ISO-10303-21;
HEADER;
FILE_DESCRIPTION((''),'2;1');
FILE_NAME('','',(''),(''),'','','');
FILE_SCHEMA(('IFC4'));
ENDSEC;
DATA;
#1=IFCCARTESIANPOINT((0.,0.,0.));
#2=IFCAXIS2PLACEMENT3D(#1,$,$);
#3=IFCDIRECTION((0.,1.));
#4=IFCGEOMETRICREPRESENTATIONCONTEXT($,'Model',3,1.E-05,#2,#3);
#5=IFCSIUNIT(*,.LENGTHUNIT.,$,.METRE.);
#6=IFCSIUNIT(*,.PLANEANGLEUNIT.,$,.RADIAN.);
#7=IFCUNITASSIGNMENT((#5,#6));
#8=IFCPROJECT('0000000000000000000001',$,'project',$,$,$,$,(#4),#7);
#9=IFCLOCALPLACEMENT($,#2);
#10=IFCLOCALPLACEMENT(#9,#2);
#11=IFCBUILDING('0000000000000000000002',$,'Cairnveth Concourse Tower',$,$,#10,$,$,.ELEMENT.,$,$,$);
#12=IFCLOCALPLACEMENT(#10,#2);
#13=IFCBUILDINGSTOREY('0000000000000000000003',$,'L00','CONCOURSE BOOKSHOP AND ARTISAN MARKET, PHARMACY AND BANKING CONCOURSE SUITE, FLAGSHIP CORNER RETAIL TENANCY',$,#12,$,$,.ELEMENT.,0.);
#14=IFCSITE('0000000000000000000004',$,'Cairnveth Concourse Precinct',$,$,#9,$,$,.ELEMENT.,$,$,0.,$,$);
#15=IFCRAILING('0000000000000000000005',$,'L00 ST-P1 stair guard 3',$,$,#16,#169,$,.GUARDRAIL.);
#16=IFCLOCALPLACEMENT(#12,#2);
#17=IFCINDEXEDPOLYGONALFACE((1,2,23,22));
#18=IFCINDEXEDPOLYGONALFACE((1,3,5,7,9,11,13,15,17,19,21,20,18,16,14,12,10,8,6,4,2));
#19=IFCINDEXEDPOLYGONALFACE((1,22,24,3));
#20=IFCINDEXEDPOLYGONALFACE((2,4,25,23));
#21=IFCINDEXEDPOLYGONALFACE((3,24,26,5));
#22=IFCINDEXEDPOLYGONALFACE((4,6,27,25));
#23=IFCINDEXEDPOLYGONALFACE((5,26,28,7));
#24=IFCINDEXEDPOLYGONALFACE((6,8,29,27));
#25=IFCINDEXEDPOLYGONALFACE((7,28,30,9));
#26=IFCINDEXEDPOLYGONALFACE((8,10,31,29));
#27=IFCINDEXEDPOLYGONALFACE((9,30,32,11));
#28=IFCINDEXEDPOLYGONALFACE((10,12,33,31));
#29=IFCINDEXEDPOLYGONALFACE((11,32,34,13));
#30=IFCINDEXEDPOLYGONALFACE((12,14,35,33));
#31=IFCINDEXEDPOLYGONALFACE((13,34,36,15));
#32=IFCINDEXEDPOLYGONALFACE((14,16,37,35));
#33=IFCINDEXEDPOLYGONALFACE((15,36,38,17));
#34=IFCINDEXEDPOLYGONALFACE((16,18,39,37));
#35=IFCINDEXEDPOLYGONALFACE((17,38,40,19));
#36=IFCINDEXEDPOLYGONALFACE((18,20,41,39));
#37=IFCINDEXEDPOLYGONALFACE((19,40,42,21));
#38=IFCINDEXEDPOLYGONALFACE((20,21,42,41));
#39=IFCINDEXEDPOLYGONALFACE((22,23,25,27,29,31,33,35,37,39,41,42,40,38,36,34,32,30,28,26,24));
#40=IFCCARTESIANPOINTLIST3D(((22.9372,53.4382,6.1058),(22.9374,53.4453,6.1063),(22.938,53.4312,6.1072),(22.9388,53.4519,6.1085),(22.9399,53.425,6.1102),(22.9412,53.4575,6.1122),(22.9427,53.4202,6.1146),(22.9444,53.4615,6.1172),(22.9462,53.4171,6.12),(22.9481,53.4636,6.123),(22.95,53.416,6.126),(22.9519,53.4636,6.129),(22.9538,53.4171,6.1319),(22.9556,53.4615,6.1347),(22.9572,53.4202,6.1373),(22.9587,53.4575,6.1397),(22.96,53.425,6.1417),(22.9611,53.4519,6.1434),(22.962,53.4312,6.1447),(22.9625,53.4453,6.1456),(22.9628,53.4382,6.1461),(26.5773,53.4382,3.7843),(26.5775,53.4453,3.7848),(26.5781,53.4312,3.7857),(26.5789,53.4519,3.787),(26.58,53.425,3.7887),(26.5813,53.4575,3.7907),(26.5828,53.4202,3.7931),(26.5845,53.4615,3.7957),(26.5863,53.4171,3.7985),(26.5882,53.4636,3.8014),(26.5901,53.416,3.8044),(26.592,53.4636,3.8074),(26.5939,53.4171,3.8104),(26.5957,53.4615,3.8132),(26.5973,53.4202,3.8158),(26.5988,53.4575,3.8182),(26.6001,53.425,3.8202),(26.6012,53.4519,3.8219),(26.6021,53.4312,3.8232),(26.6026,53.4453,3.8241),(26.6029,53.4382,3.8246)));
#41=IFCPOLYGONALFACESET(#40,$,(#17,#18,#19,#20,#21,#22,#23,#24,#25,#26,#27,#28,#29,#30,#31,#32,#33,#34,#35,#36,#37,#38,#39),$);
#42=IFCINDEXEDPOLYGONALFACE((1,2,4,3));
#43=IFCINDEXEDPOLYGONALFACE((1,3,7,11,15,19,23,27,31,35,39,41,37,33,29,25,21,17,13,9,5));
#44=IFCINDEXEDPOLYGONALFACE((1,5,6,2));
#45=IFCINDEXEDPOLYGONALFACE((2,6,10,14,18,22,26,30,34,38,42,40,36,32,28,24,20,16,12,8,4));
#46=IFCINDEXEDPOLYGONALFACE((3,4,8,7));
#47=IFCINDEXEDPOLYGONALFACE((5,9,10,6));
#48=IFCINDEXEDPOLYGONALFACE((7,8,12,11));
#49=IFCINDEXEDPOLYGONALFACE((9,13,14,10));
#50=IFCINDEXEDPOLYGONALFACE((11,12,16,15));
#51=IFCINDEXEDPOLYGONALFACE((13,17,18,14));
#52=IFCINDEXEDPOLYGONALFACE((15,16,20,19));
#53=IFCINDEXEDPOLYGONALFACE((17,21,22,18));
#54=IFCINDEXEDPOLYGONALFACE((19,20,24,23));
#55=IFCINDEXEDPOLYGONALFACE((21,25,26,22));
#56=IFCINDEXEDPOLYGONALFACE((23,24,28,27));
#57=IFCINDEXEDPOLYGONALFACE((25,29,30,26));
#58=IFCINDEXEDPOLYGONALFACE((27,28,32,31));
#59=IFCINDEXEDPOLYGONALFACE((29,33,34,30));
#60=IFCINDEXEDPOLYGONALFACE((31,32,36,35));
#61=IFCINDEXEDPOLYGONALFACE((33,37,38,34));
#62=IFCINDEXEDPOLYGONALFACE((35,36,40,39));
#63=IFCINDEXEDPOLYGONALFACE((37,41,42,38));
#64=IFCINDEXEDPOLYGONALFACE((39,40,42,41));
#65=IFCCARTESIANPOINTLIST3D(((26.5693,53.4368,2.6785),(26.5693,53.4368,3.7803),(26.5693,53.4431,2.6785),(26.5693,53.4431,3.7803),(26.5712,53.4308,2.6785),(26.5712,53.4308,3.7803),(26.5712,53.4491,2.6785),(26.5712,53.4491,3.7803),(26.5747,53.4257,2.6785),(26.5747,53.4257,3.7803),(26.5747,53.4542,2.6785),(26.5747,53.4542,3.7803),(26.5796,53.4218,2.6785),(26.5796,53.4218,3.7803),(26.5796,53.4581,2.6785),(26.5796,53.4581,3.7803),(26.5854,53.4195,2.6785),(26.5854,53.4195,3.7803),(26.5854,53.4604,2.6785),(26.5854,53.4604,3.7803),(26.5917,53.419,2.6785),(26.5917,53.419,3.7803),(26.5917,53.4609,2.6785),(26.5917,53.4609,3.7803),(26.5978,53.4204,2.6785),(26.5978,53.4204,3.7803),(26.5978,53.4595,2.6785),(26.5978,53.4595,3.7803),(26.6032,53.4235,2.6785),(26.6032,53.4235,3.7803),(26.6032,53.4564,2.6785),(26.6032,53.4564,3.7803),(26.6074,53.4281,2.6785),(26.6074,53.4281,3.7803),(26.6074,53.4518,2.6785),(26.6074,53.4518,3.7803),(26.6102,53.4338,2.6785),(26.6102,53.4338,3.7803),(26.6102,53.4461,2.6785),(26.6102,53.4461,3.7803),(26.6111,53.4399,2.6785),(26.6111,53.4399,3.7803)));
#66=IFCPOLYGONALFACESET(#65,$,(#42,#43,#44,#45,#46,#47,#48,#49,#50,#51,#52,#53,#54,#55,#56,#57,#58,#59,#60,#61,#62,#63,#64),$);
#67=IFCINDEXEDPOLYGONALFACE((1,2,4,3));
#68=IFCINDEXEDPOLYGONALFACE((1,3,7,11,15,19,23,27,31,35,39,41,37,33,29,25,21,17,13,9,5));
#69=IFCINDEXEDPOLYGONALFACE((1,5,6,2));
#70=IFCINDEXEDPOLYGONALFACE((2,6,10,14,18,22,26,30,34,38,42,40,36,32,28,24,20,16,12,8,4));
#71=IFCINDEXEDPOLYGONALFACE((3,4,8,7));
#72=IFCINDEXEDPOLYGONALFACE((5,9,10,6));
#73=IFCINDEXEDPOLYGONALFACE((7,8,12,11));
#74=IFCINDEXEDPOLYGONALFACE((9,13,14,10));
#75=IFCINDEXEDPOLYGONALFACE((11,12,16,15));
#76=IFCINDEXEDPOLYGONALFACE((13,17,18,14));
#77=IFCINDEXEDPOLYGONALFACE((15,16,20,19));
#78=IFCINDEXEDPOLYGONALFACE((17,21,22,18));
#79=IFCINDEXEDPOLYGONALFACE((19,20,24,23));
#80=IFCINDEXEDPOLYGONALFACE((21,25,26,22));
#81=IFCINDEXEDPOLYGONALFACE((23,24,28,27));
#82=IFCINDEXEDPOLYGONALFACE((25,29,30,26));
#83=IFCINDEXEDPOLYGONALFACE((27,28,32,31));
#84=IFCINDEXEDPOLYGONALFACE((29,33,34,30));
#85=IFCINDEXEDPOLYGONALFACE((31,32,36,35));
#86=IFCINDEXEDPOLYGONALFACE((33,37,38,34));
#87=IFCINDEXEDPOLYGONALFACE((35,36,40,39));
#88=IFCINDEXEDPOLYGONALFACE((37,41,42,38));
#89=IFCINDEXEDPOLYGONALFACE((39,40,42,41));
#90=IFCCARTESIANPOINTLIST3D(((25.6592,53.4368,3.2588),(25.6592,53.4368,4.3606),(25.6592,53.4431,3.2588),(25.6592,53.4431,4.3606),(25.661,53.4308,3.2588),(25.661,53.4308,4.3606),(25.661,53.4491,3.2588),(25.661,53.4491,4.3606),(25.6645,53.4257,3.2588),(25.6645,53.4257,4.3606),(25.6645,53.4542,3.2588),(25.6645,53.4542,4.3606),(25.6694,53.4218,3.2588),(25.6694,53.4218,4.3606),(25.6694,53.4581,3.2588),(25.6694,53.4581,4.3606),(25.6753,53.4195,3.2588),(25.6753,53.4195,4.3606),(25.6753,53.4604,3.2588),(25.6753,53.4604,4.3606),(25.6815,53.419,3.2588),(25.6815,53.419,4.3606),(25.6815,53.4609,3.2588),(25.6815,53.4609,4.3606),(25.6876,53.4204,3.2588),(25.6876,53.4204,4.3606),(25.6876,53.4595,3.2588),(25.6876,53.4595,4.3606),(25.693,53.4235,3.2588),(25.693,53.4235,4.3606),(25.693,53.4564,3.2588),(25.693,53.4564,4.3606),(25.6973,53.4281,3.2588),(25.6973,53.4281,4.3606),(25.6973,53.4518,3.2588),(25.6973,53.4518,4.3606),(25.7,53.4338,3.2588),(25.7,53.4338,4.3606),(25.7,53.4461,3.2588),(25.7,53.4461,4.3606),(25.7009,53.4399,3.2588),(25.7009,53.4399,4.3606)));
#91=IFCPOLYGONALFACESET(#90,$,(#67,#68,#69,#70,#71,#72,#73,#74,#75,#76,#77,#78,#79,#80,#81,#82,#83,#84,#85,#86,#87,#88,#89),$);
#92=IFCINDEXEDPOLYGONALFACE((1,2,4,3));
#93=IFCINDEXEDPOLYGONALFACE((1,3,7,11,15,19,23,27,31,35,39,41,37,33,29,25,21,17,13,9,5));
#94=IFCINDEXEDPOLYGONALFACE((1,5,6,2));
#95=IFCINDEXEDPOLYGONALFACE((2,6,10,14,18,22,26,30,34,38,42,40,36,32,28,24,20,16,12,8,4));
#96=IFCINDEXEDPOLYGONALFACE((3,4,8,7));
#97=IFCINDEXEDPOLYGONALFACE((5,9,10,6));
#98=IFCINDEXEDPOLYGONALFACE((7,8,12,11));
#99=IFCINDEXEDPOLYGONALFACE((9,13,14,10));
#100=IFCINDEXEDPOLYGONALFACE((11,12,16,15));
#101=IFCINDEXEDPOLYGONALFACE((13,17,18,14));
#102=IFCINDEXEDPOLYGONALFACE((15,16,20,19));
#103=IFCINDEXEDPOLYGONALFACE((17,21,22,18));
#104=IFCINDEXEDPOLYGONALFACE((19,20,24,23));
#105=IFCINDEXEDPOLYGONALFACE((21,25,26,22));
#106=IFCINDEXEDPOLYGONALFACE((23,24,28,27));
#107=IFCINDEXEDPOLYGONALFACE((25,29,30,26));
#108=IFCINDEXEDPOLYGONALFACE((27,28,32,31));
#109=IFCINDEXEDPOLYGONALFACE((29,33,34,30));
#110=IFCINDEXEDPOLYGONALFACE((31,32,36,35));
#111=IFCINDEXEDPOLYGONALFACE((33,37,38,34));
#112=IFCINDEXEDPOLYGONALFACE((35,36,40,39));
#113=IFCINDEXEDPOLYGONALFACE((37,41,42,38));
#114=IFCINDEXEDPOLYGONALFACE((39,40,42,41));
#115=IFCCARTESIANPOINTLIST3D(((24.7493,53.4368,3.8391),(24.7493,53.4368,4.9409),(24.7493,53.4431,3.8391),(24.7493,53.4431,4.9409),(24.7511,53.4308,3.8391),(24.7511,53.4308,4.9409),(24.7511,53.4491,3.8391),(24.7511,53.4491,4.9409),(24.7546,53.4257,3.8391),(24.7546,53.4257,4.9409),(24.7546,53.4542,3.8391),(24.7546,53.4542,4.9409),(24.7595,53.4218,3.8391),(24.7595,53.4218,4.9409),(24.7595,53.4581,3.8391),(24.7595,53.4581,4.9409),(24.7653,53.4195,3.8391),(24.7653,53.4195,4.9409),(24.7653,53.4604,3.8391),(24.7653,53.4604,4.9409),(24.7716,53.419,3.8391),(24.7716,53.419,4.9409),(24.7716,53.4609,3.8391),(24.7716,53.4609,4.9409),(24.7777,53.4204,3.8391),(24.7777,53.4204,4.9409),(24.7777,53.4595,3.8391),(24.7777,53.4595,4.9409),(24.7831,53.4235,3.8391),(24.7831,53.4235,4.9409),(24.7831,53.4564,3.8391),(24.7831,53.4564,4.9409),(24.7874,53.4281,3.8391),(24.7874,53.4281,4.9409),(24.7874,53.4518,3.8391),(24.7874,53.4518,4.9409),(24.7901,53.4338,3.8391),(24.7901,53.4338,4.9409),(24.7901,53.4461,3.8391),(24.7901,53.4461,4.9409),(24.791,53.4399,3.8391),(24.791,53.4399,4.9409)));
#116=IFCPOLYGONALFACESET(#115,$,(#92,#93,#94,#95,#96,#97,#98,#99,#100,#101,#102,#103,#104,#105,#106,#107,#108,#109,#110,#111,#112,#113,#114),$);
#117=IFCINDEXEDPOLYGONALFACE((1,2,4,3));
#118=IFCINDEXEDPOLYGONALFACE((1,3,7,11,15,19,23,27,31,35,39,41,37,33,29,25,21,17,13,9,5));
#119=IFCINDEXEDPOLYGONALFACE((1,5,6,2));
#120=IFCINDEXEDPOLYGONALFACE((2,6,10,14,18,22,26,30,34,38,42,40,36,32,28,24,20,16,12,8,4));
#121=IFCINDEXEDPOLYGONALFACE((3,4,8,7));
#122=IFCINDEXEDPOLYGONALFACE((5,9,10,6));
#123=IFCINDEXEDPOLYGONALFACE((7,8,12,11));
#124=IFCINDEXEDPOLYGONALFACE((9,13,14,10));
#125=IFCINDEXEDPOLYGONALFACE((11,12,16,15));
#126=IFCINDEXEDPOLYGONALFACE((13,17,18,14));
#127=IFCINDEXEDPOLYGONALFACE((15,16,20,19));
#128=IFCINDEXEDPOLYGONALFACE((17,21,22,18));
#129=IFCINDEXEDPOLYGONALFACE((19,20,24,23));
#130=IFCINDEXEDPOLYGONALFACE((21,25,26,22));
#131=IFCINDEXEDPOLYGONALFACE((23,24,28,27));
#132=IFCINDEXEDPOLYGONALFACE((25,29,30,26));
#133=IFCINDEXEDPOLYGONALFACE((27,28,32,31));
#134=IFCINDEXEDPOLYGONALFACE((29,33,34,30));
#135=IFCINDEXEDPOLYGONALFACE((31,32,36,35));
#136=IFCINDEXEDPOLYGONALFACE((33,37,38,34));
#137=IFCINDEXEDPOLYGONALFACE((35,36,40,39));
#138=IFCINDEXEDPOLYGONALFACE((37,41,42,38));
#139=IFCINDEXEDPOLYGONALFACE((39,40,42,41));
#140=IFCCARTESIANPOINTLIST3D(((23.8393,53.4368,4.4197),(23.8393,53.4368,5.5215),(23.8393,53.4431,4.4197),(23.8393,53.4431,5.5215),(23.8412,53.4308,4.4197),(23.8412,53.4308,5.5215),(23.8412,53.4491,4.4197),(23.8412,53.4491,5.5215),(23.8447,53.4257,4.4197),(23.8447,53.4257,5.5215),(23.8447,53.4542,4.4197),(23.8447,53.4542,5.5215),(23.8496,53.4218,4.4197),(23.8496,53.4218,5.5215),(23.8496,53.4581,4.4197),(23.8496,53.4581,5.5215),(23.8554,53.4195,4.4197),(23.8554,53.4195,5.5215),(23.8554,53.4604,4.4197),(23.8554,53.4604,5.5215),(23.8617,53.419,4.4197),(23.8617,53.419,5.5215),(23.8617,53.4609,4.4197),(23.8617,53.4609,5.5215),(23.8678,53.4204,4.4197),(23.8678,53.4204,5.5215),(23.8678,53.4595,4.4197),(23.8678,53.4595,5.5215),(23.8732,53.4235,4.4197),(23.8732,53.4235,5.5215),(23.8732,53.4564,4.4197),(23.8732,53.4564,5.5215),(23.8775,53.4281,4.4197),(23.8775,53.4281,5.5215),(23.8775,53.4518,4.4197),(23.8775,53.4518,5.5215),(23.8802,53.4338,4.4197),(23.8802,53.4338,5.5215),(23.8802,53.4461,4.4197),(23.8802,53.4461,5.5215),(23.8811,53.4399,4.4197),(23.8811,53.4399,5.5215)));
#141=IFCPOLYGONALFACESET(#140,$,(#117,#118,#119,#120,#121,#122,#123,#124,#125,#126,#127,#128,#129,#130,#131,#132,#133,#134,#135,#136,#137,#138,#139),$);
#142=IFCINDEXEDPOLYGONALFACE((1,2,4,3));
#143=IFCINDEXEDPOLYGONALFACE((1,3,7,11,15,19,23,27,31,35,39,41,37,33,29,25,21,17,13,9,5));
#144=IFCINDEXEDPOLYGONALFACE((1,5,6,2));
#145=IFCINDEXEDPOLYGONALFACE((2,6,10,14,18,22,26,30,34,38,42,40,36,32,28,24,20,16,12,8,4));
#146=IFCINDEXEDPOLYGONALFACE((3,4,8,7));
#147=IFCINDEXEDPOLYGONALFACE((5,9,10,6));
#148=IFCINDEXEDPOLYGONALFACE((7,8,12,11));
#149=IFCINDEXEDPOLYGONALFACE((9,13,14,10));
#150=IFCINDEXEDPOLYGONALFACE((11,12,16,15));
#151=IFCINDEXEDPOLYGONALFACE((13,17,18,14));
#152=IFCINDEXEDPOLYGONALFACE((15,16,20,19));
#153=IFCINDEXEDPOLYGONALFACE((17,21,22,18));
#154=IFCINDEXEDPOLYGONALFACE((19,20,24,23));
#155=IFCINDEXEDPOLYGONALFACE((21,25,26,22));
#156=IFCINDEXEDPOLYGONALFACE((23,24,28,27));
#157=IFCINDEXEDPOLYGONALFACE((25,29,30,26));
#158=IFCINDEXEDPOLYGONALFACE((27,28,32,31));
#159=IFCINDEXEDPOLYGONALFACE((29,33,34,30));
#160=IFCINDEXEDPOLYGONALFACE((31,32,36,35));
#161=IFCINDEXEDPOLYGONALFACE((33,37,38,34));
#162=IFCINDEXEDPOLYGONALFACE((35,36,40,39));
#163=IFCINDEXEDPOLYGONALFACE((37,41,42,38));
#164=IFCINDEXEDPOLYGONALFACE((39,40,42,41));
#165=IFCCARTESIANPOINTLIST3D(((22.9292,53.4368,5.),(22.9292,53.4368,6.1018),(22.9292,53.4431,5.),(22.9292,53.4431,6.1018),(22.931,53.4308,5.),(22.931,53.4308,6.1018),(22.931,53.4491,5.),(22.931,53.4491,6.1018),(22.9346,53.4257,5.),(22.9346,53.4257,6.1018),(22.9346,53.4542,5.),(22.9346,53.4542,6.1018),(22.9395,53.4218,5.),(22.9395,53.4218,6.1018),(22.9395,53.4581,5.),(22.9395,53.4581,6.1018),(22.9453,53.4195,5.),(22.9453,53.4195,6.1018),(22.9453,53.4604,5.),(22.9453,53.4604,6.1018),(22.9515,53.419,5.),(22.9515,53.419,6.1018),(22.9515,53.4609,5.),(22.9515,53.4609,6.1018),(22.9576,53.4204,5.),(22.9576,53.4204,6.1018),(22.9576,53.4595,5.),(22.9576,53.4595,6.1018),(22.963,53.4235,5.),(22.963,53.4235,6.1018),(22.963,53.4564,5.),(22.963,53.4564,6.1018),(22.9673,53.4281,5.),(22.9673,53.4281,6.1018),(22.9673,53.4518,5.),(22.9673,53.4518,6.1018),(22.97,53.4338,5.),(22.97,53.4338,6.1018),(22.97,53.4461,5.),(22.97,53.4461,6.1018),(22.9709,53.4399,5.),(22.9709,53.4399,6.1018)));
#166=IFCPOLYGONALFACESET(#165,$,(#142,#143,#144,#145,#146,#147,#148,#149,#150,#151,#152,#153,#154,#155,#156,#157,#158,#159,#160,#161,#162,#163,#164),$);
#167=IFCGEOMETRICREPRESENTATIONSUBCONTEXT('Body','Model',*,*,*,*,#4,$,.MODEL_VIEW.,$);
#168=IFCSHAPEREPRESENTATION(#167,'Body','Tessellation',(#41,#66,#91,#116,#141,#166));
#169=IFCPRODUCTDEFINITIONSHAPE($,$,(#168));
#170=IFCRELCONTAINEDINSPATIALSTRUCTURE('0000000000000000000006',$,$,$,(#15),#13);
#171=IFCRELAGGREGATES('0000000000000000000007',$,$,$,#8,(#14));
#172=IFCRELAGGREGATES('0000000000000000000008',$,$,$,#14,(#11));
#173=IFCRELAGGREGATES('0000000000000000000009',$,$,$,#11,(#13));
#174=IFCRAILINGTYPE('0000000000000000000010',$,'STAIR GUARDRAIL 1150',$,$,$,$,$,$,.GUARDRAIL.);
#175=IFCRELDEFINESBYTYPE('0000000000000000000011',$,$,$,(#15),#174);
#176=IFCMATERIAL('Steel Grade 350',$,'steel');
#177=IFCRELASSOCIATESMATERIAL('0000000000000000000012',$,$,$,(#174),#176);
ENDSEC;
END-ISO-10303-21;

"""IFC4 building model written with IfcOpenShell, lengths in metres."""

from ifc_helpers import new_model, si_unit, direction, frame, origin, origin_2d, place, context, subcontext, project, spatial, circle, extrude, material, type_object, element, save


model = new_model("IFC4")

# Units and contexts
model_context = context("Model", 3, precision=1e-05, world=origin(), true_north=direction((0.0, 1.0)))
body_context = subcontext(model_context, "Body", "Model", "MODEL_VIEW")
ifc_project = project(units=[si_unit("LENGTHUNIT", "METRE"), si_unit("PLANEANGLEUNIT", "RADIAN")], contexts=[model_context])

# Site, building, storey
site_placement = place(None, origin())
site = spatial("IfcSite", under=ifc_project, at=site_placement, Name="Cairnveth Concourse Precinct", CompositionType="ELEMENT", RefElevation=0.0)
building_placement = place(site_placement, origin())
building = spatial("IfcBuilding", under=site, at=building_placement, Name="Cairnveth Concourse Tower", CompositionType="ELEMENT")
storey_placement = place(building_placement, origin())
storey = spatial("IfcBuildingStorey", under=building, at=storey_placement, Name="L00", Description="CONCOURSE BOOKSHOP AND ARTISAN MARKET, PHARMACY AND BANKING CONCOURSE SUITE, FLAGSHIP CORNER RETAIL TENANCY", CompositionType="ELEMENT", Elevation=0.0)

# Shared definitions
ifc_material_1 = material(Name="Steel Grade 350", Category="steel")

# Railing
railing_type_1 = type_object("IfcRailingType", Name="STAIR GUARDRAIL 1150", PredefinedType="GUARDRAIL", material=ifc_material_1)
railing_1_placement = place(storey_placement, frame((26.5901, 53.4399, 2.6785)))
element("IfcRailing", 1, at=railing_1_placement, inside=storey, type_object=railing_type_1, Name="L00 ST-P1 stair guard 3", PredefinedType="GUARDRAIL", context=body_context, shape_type="SweptSolid", body=[
    extrude(circle(Radius=0.0239, at=origin_2d()), frame((0.0, 0.0, 1.126), z_axis=(-0.843128, 0.0, 0.537713), x_axis=(0.0, -1.0, 0.0)), (0.0, 0.0, 1.0), 4.3174),
    extrude(circle(Radius=0.021, at=origin_2d()), origin(), (0.0, 0.0, 1.0), 1.1018),
    extrude(circle(Radius=0.021, at=origin_2d()), frame((-0.9102, 0.0, 0.5803)), (0.0, 0.0, 1.0), 1.1018),
    extrude(circle(Radius=0.021, at=origin_2d()), frame((-1.8201, 0.0, 1.1606)), (0.0, 0.0, 1.0), 1.1018),
    extrude(circle(Radius=0.021, at=origin_2d()), frame((-2.73, 0.0, 1.7412)), (0.0, 0.0, 1.0), 1.1018),
    extrude(circle(Radius=0.021, at=origin_2d()), frame((-3.6401, 0.0, 2.3215)), (0.0, 0.0, 1.0), 1.1018),
])

save(model, "model.ifc")
